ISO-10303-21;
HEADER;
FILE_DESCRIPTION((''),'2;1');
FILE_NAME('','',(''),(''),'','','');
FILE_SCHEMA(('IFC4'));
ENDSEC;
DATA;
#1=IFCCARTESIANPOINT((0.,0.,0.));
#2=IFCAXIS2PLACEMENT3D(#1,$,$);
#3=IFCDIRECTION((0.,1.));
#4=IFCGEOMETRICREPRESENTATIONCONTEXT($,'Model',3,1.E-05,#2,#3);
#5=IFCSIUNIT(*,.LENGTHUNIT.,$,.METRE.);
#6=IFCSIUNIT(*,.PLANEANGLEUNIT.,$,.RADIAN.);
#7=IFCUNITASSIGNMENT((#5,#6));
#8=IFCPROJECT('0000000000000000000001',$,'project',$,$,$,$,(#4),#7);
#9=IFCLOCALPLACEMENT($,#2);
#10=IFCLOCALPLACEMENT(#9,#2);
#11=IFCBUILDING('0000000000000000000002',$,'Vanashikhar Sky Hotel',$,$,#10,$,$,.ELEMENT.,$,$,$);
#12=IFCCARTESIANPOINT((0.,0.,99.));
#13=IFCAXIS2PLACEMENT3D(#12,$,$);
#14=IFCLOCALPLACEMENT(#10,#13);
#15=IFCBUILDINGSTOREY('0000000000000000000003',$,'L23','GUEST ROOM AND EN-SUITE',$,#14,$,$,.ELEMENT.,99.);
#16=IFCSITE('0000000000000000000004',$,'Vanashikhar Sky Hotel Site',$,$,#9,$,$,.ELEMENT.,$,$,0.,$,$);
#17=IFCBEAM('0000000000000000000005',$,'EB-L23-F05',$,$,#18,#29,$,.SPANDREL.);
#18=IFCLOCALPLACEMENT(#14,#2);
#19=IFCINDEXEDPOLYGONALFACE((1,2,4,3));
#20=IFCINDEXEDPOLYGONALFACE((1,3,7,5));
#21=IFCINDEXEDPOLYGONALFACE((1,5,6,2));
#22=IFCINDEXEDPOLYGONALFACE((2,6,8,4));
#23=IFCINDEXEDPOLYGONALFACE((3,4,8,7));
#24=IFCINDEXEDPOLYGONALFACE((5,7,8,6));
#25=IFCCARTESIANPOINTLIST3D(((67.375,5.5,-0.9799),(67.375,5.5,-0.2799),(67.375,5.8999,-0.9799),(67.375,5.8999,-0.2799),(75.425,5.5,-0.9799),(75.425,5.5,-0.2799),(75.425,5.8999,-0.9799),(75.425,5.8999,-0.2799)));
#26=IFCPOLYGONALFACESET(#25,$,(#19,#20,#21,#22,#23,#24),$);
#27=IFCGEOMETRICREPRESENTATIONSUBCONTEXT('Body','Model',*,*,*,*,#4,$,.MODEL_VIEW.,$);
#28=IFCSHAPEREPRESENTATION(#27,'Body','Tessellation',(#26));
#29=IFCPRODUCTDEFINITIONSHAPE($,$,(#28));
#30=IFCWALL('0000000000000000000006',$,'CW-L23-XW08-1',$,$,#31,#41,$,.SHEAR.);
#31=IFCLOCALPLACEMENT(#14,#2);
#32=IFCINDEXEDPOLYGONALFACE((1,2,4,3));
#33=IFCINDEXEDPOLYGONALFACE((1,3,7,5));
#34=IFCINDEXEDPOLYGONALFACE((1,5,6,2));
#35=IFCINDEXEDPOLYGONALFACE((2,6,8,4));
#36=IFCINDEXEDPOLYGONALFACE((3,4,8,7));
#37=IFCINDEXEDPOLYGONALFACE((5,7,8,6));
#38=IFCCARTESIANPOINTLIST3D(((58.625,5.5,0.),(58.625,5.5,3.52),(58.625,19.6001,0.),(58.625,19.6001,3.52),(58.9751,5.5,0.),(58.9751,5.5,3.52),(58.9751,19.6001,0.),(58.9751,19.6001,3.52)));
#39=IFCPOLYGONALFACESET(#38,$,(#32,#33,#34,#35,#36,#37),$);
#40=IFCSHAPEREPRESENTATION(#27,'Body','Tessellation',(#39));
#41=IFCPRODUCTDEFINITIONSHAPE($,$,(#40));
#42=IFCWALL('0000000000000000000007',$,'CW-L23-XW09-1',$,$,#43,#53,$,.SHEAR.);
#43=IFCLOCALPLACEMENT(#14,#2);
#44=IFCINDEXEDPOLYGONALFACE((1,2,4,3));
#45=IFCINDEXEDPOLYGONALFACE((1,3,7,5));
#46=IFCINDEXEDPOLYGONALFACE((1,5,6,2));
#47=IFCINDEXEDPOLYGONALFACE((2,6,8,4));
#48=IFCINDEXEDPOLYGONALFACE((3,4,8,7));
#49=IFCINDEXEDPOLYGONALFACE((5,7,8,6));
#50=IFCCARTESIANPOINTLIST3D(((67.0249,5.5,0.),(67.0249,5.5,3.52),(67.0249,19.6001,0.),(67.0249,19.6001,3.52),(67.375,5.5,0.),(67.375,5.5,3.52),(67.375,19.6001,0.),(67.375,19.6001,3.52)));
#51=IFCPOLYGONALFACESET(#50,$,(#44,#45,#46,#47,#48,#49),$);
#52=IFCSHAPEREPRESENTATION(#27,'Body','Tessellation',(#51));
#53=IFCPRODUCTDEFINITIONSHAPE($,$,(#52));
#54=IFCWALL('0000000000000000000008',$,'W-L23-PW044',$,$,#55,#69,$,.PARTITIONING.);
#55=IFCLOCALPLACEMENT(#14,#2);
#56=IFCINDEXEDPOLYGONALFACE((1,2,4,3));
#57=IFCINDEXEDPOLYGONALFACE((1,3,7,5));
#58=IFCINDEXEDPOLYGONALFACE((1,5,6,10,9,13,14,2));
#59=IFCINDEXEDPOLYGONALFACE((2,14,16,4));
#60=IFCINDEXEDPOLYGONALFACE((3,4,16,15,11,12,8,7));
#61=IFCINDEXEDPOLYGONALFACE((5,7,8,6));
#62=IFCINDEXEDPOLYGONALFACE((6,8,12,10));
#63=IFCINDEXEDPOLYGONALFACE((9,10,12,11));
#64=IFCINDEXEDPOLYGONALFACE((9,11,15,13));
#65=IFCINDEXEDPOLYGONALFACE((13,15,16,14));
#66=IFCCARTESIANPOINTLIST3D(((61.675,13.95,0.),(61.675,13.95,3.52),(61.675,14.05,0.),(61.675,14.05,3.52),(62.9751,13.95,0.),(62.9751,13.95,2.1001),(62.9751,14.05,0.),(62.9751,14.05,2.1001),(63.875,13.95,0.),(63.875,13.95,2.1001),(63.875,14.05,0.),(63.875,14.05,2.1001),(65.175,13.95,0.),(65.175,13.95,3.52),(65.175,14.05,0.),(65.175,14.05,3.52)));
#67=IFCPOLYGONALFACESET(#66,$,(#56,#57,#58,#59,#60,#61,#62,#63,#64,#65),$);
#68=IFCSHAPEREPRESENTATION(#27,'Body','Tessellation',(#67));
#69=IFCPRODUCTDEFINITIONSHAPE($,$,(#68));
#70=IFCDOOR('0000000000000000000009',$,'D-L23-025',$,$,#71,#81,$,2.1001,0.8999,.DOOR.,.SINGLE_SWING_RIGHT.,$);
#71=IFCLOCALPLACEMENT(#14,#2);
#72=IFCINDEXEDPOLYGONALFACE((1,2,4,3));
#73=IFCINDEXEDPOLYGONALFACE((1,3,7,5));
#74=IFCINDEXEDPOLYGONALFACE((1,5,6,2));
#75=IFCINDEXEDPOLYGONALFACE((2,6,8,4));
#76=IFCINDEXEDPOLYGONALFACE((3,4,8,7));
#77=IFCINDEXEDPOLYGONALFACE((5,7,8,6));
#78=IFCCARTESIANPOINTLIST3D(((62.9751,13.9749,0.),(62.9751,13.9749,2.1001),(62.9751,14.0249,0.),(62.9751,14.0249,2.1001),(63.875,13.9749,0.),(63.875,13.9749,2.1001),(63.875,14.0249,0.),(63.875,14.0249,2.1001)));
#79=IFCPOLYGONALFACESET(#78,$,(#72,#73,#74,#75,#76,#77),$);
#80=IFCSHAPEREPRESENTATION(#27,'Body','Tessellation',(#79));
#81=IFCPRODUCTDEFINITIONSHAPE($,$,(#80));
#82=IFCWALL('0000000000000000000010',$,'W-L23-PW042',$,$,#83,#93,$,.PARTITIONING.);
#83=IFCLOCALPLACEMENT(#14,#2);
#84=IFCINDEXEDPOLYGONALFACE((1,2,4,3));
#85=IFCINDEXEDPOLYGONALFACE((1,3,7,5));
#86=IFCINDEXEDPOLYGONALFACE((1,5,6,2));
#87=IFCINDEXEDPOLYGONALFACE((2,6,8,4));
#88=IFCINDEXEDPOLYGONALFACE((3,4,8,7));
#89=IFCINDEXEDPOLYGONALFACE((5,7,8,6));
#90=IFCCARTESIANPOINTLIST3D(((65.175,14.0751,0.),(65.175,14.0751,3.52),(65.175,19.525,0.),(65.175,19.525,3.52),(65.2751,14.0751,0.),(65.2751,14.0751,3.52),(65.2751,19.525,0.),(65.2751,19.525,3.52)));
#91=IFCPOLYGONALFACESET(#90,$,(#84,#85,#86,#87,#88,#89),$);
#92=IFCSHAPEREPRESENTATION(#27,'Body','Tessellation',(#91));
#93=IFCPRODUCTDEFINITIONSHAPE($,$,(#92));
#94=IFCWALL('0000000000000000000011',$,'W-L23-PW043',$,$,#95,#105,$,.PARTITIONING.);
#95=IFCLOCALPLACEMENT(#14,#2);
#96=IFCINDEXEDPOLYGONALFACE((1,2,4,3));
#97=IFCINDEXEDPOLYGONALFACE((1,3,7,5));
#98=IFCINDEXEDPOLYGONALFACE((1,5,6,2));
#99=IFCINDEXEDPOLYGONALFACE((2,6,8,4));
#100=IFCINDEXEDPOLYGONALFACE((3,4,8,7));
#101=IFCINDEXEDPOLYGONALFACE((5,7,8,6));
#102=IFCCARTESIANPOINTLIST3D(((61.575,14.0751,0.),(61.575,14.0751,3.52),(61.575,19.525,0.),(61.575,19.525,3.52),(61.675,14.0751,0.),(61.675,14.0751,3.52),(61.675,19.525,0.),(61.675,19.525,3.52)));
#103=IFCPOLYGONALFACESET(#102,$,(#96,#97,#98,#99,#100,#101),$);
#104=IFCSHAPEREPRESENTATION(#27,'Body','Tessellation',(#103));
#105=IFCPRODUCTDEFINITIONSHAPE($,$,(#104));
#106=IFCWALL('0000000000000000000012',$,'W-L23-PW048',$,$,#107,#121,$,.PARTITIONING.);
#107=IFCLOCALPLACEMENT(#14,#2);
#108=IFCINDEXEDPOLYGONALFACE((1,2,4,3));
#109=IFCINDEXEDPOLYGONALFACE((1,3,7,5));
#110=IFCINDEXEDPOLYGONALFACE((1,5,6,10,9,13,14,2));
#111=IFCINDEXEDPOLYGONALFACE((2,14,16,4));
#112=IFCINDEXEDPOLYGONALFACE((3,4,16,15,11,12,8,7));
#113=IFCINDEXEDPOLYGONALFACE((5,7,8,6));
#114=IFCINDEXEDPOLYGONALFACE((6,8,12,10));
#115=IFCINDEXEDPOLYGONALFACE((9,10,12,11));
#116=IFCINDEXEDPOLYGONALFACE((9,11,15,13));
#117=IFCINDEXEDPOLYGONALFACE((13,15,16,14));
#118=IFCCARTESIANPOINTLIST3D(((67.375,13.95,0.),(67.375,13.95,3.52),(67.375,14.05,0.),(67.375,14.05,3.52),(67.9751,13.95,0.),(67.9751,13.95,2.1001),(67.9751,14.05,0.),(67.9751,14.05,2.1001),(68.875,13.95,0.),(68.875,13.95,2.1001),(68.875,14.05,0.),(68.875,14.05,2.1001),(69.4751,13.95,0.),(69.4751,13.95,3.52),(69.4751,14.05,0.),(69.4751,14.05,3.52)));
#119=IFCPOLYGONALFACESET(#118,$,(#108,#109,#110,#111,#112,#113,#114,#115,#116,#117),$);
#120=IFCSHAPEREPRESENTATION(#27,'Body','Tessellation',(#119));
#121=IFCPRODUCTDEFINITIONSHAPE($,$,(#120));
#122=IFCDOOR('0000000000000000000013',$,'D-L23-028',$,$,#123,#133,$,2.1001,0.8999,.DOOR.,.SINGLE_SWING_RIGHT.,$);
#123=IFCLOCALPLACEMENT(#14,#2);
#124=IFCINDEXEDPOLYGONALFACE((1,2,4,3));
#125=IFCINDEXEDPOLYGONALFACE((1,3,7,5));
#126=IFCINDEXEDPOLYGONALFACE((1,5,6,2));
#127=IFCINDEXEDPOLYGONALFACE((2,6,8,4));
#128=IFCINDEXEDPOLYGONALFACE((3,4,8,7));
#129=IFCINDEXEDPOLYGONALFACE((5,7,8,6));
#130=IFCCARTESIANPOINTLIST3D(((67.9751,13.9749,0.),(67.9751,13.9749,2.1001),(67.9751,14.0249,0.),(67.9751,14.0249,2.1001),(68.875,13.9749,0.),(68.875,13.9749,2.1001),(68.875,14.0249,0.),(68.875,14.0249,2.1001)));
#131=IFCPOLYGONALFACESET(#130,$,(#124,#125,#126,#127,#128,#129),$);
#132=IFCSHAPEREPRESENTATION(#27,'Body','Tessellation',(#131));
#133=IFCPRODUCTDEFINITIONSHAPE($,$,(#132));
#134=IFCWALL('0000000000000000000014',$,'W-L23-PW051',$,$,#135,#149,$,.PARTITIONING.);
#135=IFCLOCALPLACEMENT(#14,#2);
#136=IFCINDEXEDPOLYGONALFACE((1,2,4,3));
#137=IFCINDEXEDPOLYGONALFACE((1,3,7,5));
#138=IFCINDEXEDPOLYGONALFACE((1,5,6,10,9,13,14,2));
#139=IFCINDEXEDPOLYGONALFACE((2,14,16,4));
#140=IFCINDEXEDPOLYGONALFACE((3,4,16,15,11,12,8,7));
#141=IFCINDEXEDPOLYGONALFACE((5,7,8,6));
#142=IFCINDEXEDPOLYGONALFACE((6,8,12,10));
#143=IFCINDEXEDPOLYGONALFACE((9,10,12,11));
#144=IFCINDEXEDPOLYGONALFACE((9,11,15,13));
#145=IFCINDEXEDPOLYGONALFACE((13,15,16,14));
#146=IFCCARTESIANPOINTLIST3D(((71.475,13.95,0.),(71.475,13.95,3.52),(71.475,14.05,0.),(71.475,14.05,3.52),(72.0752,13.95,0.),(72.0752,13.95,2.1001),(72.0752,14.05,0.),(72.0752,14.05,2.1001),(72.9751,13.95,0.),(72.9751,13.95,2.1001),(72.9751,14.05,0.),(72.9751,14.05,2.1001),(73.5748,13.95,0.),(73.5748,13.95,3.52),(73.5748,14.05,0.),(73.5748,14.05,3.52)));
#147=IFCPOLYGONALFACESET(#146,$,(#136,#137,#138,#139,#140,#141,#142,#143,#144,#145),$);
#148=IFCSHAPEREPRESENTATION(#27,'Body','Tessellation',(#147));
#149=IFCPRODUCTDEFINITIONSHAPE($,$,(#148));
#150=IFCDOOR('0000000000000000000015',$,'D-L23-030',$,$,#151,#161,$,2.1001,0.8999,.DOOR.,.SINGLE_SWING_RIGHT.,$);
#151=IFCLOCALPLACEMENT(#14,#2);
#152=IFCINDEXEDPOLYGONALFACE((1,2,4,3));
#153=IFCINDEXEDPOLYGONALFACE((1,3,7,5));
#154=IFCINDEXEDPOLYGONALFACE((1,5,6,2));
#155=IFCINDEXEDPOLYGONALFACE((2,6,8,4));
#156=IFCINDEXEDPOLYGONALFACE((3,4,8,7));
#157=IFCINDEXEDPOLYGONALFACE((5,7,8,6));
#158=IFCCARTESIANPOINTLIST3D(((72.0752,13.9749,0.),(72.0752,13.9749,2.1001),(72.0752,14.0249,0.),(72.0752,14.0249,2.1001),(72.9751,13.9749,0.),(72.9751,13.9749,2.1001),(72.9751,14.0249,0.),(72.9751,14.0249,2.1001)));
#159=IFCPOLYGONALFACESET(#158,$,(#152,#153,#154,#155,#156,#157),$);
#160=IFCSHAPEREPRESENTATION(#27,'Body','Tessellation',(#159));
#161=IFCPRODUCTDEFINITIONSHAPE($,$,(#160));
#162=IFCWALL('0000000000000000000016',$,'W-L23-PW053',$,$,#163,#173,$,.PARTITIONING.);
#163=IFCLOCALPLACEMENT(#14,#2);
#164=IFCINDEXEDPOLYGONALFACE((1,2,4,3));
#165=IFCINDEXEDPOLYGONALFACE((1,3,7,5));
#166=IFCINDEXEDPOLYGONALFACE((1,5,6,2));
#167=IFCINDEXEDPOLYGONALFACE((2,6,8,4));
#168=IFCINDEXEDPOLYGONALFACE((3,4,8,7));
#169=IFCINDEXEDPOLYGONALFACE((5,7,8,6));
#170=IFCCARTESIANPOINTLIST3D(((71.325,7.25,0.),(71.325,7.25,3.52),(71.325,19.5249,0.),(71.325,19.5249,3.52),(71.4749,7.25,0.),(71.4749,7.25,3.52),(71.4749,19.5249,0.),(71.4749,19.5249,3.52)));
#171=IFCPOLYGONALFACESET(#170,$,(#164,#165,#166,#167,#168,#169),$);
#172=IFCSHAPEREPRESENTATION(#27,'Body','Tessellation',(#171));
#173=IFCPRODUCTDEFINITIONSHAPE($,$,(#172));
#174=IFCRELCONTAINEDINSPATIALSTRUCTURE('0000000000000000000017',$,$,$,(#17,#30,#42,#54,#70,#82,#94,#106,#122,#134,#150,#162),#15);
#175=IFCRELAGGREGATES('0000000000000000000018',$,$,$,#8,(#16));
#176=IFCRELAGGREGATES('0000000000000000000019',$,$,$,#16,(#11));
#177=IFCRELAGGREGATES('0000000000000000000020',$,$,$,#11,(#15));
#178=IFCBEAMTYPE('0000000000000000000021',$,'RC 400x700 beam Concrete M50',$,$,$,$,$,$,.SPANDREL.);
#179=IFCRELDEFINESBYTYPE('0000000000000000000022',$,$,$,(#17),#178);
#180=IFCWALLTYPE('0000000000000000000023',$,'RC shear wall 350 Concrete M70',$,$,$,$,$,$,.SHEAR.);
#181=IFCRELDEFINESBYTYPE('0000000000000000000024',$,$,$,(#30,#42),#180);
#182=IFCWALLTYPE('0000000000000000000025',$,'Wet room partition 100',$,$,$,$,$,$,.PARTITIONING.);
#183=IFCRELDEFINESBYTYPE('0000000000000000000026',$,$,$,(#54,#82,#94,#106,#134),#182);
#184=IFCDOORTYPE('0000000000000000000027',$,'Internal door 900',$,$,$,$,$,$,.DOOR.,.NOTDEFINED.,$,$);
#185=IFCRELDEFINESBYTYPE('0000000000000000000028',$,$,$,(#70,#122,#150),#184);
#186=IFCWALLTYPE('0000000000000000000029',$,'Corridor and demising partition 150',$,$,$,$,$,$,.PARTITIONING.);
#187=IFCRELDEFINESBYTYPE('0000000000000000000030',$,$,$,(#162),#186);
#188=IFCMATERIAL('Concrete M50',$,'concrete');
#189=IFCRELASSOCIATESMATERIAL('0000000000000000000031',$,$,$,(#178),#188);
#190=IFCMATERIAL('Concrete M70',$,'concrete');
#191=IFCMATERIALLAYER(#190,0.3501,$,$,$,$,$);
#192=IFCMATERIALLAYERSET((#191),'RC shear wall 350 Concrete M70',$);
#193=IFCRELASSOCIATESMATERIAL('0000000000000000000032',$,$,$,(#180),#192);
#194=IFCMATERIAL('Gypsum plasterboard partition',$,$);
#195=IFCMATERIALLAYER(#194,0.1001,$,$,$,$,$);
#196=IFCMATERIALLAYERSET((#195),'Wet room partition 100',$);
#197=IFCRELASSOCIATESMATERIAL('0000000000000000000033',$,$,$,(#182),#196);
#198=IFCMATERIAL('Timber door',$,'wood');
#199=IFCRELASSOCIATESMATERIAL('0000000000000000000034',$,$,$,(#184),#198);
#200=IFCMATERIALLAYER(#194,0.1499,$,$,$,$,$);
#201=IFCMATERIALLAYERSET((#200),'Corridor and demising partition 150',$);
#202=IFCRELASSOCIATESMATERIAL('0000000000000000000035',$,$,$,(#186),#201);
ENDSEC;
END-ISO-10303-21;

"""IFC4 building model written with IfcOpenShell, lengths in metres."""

from ifc_helpers import new_model, si_unit, direction, frame, frame_2d, origin, origin_2d, place, context, subcontext, project, spatial, rectangle, extrude, source, transform, mapped, material, layer, layer_set, material_profile, profile_set, type_object, element, fill, save


model = new_model("IFC4")

# Units and contexts
model_context = context("Model", 3, precision=1e-05, world=origin(), true_north=direction((0.0, 1.0)))
body_context = subcontext(model_context, "Body", "Model", "MODEL_VIEW")
ifc_project = project(units=[si_unit("LENGTHUNIT", "METRE"), si_unit("PLANEANGLEUNIT", "RADIAN")], contexts=[model_context])

# Site, building, storey
site_placement = place(None, origin())
site = spatial("IfcSite", under=ifc_project, at=site_placement, Name="Vanashikhar Sky Hotel Site", CompositionType="ELEMENT", RefElevation=0.0)
building_placement = place(site_placement, origin())
building = spatial("IfcBuilding", under=site, at=building_placement, Name="Vanashikhar Sky Hotel", CompositionType="ELEMENT")
storey_placement = place(building_placement, frame((0.0, 0.0, 99.0)))
storey = spatial("IfcBuildingStorey", under=building, at=storey_placement, Name="L23", Description="GUEST ROOM AND EN-SUITE", CompositionType="ELEMENT", Elevation=99.0)

# Beam
ifc_material_1 = material(Name="Concrete M50", Category="concrete")
ifc_material_profile = material_profile(ifc_material_1, rectangle(XDim=0.3999, YDim=0.7, at=origin_2d()))
ifc_profile_set = profile_set([ifc_material_profile], Name="RC 400x700 beam Concrete M50")
beam_type = type_object("IfcBeamType", Name="RC 400x700 beam Concrete M50", PredefinedType="SPANDREL", material=ifc_profile_set)
shared_shape_1 = source(origin(), body_context, "Body", "SweptSolid", [
    extrude(rectangle(XDim=0.3999, YDim=0.7, at=origin_2d()), origin(), (0.0, 0.0, 1.0), 8.05),
])
beam_placement = place(storey_placement, frame((67.375, 5.7, -0.6299), z_axis=(1.0, 0.0, 0.0), x_axis=(0.0, 1.0, 0.0)))
element("IfcBeam", 1, at=beam_placement, inside=storey, type_object=beam_type, Name="EB-L23-F05", PredefinedType="SPANDREL", context=body_context, shape_type="MappedRepresentation", body=[
    mapped(shared_shape_1, transform((0.0, 0.0, 0.0), scale=1.0)),
])

# Walls
ifc_material_2 = material(Name="Concrete M70", Category="concrete")
ifc_layer_1 = layer(ifc_material_2, 0.3501)
ifc_layer_set_1 = layer_set([ifc_layer_1], Name="RC shear wall 350 Concrete M70")
wall_type_1 = type_object("IfcWallType", Name="RC shear wall 350 Concrete M70", PredefinedType="SHEAR", material=ifc_layer_set_1)
shared_shape_2 = source(origin(), body_context, "Body", "SweptSolid", [
    extrude(rectangle(XDim=14.1001, YDim=0.3501, at=frame_2d((7.05, 0.0))), origin(), (0.0, 0.0, 1.0), 3.52),
])
for number, where, z_axis, x_axis, name in (
    (2, (58.8, 5.5, 0.0), (0.0, 0.0, 1.0), (0.0, 1.0, 0.0), "CW-L23-XW08-1"),
    (3, (67.2, 5.5, 0.0), (0.0, 0.0, 1.0), (0.0, 1.0, 0.0), "CW-L23-XW09-1"),
):
    element("IfcWall", number, at=place(storey_placement, frame(where, z_axis=z_axis, x_axis=x_axis)), inside=storey, type_object=wall_type_1, Name=name, PredefinedType="SHEAR", context=body_context, shape_type="MappedRepresentation", body=[
        mapped(shared_shape_2, transform((0.0, 0.0, 0.0), scale=1.0)),
    ])

# Wall, opening, door
ifc_material_3 = material(Name="Gypsum plasterboard partition")
ifc_layer_2 = layer(ifc_material_3, 0.1001)
ifc_layer_set_2 = layer_set([ifc_layer_2], Name="Wet room partition 100")
wall_type_2 = type_object("IfcWallType", Name="Wet room partition 100", PredefinedType="PARTITIONING", material=ifc_layer_set_2)
shared_shape_3 = source(origin(), body_context, "Body", "SweptSolid", [
    extrude(rectangle(XDim=3.5, YDim=0.1001, at=frame_2d((1.75, 0.0))), origin(), (0.0, 0.0, 1.0), 3.52),
])
wall_1_placement = place(storey_placement, frame((61.675, 14.0, 0.0), z_axis=(0.0, 0.0, 1.0), x_axis=(1.0, 0.0, 0.0)))
wall_1 = element("IfcWall", 4, at=wall_1_placement, inside=storey, type_object=wall_type_2, Name="W-L23-PW044", PredefinedType="PARTITIONING", context=body_context, shape_type="MappedRepresentation", body=[
    mapped(shared_shape_3, transform((0.0, 0.0, 0.0), scale=1.0)),
])
shared_shape_4 = source(origin(), body_context, "Body", "SweptSolid", [
    extrude(rectangle(XDim=0.8999, YDim=2.1001, at=frame_2d((0.45, 1.05))), frame((0.0, 0.0601, 0.0), z_axis=(0.0, -1.0, 0.0), x_axis=(1.0, 0.0, 0.0)), (0.0, 0.0, 1.0), 0.1201),
])
opening_1_placement = place(wall_1_placement, frame((1.3, 0.0, 0.0)))
opening_1 = element("IfcOpeningElement", 5, at=opening_1_placement, cuts=wall_1, PredefinedType="OPENING", context=body_context, shape_type="MappedRepresentation", body=[
    mapped(shared_shape_4, transform((0.0, 0.0, 0.0), scale=1.0)),
])
ifc_material_4 = material(Name="Timber door", Category="wood")
door_type_1 = type_object("IfcDoorType", Name="Internal door 900", OperationType="NOTDEFINED", PredefinedType="DOOR", material=ifc_material_4)
shared_shape_5 = source(origin(), body_context, "Body", "SweptSolid", [
    extrude(rectangle(XDim=0.8999, YDim=2.1001, at=frame_2d((0.45, 1.05))), frame((0.0, 0.0249, 0.0), z_axis=(0.0, -1.0, 0.0), x_axis=(1.0, 0.0, 0.0)), (0.0, 0.0, 1.0), 0.05),
])
door_1_placement = place(opening_1_placement, origin())
door_1 = element("IfcDoor", 6, at=door_1_placement, inside=storey, type_object=door_type_1, Name="D-L23-025", OperationType="SINGLE_SWING_RIGHT", OverallHeight=2.1001, OverallWidth=0.8999, PredefinedType="DOOR", context=body_context, shape_type="MappedRepresentation", body=[
    mapped(shared_shape_5, transform((0.0, 0.0, 0.0), scale=1.0)),
])
fill(opening_1, door_1)

# Walls
shared_shape_6 = source(origin(), body_context, "Body", "SweptSolid", [
    extrude(rectangle(XDim=5.45, YDim=0.1001, at=frame_2d((2.7251, 0.0))), origin(), (0.0, 0.0, 1.0), 3.52),
])
for number, where, z_axis, x_axis, name in (
    (7, (65.2251, 14.075, 0.0), (0.0, 0.0, 1.0), (0.0, 1.0, 0.0), "W-L23-PW042"),
    (8, (61.625, 14.075, 0.0), (0.0, 0.0, 1.0), (0.0, 1.0, 0.0), "W-L23-PW043"),
):
    element("IfcWall", number, at=place(storey_placement, frame(where, z_axis=z_axis, x_axis=x_axis)), inside=storey, type_object=wall_type_2, Name=name, PredefinedType="PARTITIONING", context=body_context, shape_type="MappedRepresentation", body=[
        mapped(shared_shape_6, transform((0.0, 0.0, 0.0), scale=1.0)),
    ])

# Walls, openings, doors
shared_shape_7 = source(origin(), body_context, "Body", "SweptSolid", [
    extrude(rectangle(XDim=2.1001, YDim=0.1001, at=frame_2d((1.05, 0.0))), origin(), (0.0, 0.0, 1.0), 3.52),
])
wall_2_placement = place(storey_placement, frame((67.375, 14.0, 0.0), z_axis=(0.0, 0.0, 1.0), x_axis=(1.0, 0.0, 0.0)))
wall_2 = element("IfcWall", 9, at=wall_2_placement, inside=storey, type_object=wall_type_2, Name="W-L23-PW048", PredefinedType="PARTITIONING", context=body_context, shape_type="MappedRepresentation", body=[
    mapped(shared_shape_7, transform((0.0, 0.0, 0.0), scale=1.0)),
])
opening_2_placement = place(wall_2_placement, frame((0.6001, 0.0, 0.0)))
opening_2 = element("IfcOpeningElement", 10, at=opening_2_placement, cuts=wall_2, PredefinedType="OPENING", context=body_context, shape_type="MappedRepresentation", body=[
    mapped(shared_shape_4, transform((0.0, 0.0, 0.0), scale=1.0)),
])
door_2_placement = place(opening_2_placement, origin())
door_2 = element("IfcDoor", 11, at=door_2_placement, inside=storey, type_object=door_type_1, Name="D-L23-028", OperationType="SINGLE_SWING_RIGHT", OverallHeight=2.1001, OverallWidth=0.8999, PredefinedType="DOOR", context=body_context, shape_type="MappedRepresentation", body=[
    mapped(shared_shape_5, transform((0.0, 0.0, 0.0), scale=1.0)),
])
fill(opening_2, door_2)
shared_shape_8 = source(origin(), body_context, "Body", "SweptSolid", [
    extrude(rectangle(XDim=2.0999, YDim=0.1001, at=frame_2d((1.0498, 0.0))), origin(), (0.0, 0.0, 1.0), 3.52),
])
wall_3_placement = place(storey_placement, frame((71.4751, 14.0, 0.0), z_axis=(0.0, 0.0, 1.0), x_axis=(1.0, 0.0, 0.0)))
wall_3 = element("IfcWall", 12, at=wall_3_placement, inside=storey, type_object=wall_type_2, Name="W-L23-PW051", PredefinedType="PARTITIONING", context=body_context, shape_type="MappedRepresentation", body=[
    mapped(shared_shape_8, transform((0.0, 0.0, 0.0), scale=1.0)),
])
opening_3_placement = place(wall_3_placement, frame((0.6001, 0.0, 0.0)))
opening_3 = element("IfcOpeningElement", 13, at=opening_3_placement, cuts=wall_3, PredefinedType="OPENING", context=body_context, shape_type="MappedRepresentation", body=[
    mapped(shared_shape_4, transform((0.0, 0.0, 0.0), scale=1.0)),
])
door_3_placement = place(opening_3_placement, origin())
door_3 = element("IfcDoor", 14, at=door_3_placement, inside=storey, type_object=door_type_1, Name="D-L23-030", OperationType="SINGLE_SWING_RIGHT", OverallHeight=2.1001, OverallWidth=0.8999, PredefinedType="DOOR", context=body_context, shape_type="MappedRepresentation", body=[
    mapped(shared_shape_5, transform((0.0, 0.0, 0.0), scale=1.0)),
])
fill(opening_3, door_3)

# Wall
ifc_layer_3 = layer(ifc_material_3, 0.1499)
ifc_layer_set_3 = layer_set([ifc_layer_3], Name="Corridor and demising partition 150")
wall_type_3 = type_object("IfcWallType", Name="Corridor and demising partition 150", PredefinedType="PARTITIONING", material=ifc_layer_set_3)
shared_shape_9 = source(origin(), body_context, "Body", "SweptSolid", [
    extrude(rectangle(XDim=12.2749, YDim=0.1499, at=frame_2d((6.1375, 0.0))), origin(), (0.0, 0.0, 1.0), 3.52),
])
wall_4_placement = place(storey_placement, frame((71.3999, 7.25, 0.0), z_axis=(0.0, 0.0, 1.0), x_axis=(0.0, 1.0, 0.0)))
element("IfcWall", 15, at=wall_4_placement, inside=storey, type_object=wall_type_3, Name="W-L23-PW053", PredefinedType="PARTITIONING", context=body_context, shape_type="MappedRepresentation", body=[
    mapped(shared_shape_9, transform((0.0, 0.0, 0.0), scale=1.0)),
])

save(model, "model.ifc")
